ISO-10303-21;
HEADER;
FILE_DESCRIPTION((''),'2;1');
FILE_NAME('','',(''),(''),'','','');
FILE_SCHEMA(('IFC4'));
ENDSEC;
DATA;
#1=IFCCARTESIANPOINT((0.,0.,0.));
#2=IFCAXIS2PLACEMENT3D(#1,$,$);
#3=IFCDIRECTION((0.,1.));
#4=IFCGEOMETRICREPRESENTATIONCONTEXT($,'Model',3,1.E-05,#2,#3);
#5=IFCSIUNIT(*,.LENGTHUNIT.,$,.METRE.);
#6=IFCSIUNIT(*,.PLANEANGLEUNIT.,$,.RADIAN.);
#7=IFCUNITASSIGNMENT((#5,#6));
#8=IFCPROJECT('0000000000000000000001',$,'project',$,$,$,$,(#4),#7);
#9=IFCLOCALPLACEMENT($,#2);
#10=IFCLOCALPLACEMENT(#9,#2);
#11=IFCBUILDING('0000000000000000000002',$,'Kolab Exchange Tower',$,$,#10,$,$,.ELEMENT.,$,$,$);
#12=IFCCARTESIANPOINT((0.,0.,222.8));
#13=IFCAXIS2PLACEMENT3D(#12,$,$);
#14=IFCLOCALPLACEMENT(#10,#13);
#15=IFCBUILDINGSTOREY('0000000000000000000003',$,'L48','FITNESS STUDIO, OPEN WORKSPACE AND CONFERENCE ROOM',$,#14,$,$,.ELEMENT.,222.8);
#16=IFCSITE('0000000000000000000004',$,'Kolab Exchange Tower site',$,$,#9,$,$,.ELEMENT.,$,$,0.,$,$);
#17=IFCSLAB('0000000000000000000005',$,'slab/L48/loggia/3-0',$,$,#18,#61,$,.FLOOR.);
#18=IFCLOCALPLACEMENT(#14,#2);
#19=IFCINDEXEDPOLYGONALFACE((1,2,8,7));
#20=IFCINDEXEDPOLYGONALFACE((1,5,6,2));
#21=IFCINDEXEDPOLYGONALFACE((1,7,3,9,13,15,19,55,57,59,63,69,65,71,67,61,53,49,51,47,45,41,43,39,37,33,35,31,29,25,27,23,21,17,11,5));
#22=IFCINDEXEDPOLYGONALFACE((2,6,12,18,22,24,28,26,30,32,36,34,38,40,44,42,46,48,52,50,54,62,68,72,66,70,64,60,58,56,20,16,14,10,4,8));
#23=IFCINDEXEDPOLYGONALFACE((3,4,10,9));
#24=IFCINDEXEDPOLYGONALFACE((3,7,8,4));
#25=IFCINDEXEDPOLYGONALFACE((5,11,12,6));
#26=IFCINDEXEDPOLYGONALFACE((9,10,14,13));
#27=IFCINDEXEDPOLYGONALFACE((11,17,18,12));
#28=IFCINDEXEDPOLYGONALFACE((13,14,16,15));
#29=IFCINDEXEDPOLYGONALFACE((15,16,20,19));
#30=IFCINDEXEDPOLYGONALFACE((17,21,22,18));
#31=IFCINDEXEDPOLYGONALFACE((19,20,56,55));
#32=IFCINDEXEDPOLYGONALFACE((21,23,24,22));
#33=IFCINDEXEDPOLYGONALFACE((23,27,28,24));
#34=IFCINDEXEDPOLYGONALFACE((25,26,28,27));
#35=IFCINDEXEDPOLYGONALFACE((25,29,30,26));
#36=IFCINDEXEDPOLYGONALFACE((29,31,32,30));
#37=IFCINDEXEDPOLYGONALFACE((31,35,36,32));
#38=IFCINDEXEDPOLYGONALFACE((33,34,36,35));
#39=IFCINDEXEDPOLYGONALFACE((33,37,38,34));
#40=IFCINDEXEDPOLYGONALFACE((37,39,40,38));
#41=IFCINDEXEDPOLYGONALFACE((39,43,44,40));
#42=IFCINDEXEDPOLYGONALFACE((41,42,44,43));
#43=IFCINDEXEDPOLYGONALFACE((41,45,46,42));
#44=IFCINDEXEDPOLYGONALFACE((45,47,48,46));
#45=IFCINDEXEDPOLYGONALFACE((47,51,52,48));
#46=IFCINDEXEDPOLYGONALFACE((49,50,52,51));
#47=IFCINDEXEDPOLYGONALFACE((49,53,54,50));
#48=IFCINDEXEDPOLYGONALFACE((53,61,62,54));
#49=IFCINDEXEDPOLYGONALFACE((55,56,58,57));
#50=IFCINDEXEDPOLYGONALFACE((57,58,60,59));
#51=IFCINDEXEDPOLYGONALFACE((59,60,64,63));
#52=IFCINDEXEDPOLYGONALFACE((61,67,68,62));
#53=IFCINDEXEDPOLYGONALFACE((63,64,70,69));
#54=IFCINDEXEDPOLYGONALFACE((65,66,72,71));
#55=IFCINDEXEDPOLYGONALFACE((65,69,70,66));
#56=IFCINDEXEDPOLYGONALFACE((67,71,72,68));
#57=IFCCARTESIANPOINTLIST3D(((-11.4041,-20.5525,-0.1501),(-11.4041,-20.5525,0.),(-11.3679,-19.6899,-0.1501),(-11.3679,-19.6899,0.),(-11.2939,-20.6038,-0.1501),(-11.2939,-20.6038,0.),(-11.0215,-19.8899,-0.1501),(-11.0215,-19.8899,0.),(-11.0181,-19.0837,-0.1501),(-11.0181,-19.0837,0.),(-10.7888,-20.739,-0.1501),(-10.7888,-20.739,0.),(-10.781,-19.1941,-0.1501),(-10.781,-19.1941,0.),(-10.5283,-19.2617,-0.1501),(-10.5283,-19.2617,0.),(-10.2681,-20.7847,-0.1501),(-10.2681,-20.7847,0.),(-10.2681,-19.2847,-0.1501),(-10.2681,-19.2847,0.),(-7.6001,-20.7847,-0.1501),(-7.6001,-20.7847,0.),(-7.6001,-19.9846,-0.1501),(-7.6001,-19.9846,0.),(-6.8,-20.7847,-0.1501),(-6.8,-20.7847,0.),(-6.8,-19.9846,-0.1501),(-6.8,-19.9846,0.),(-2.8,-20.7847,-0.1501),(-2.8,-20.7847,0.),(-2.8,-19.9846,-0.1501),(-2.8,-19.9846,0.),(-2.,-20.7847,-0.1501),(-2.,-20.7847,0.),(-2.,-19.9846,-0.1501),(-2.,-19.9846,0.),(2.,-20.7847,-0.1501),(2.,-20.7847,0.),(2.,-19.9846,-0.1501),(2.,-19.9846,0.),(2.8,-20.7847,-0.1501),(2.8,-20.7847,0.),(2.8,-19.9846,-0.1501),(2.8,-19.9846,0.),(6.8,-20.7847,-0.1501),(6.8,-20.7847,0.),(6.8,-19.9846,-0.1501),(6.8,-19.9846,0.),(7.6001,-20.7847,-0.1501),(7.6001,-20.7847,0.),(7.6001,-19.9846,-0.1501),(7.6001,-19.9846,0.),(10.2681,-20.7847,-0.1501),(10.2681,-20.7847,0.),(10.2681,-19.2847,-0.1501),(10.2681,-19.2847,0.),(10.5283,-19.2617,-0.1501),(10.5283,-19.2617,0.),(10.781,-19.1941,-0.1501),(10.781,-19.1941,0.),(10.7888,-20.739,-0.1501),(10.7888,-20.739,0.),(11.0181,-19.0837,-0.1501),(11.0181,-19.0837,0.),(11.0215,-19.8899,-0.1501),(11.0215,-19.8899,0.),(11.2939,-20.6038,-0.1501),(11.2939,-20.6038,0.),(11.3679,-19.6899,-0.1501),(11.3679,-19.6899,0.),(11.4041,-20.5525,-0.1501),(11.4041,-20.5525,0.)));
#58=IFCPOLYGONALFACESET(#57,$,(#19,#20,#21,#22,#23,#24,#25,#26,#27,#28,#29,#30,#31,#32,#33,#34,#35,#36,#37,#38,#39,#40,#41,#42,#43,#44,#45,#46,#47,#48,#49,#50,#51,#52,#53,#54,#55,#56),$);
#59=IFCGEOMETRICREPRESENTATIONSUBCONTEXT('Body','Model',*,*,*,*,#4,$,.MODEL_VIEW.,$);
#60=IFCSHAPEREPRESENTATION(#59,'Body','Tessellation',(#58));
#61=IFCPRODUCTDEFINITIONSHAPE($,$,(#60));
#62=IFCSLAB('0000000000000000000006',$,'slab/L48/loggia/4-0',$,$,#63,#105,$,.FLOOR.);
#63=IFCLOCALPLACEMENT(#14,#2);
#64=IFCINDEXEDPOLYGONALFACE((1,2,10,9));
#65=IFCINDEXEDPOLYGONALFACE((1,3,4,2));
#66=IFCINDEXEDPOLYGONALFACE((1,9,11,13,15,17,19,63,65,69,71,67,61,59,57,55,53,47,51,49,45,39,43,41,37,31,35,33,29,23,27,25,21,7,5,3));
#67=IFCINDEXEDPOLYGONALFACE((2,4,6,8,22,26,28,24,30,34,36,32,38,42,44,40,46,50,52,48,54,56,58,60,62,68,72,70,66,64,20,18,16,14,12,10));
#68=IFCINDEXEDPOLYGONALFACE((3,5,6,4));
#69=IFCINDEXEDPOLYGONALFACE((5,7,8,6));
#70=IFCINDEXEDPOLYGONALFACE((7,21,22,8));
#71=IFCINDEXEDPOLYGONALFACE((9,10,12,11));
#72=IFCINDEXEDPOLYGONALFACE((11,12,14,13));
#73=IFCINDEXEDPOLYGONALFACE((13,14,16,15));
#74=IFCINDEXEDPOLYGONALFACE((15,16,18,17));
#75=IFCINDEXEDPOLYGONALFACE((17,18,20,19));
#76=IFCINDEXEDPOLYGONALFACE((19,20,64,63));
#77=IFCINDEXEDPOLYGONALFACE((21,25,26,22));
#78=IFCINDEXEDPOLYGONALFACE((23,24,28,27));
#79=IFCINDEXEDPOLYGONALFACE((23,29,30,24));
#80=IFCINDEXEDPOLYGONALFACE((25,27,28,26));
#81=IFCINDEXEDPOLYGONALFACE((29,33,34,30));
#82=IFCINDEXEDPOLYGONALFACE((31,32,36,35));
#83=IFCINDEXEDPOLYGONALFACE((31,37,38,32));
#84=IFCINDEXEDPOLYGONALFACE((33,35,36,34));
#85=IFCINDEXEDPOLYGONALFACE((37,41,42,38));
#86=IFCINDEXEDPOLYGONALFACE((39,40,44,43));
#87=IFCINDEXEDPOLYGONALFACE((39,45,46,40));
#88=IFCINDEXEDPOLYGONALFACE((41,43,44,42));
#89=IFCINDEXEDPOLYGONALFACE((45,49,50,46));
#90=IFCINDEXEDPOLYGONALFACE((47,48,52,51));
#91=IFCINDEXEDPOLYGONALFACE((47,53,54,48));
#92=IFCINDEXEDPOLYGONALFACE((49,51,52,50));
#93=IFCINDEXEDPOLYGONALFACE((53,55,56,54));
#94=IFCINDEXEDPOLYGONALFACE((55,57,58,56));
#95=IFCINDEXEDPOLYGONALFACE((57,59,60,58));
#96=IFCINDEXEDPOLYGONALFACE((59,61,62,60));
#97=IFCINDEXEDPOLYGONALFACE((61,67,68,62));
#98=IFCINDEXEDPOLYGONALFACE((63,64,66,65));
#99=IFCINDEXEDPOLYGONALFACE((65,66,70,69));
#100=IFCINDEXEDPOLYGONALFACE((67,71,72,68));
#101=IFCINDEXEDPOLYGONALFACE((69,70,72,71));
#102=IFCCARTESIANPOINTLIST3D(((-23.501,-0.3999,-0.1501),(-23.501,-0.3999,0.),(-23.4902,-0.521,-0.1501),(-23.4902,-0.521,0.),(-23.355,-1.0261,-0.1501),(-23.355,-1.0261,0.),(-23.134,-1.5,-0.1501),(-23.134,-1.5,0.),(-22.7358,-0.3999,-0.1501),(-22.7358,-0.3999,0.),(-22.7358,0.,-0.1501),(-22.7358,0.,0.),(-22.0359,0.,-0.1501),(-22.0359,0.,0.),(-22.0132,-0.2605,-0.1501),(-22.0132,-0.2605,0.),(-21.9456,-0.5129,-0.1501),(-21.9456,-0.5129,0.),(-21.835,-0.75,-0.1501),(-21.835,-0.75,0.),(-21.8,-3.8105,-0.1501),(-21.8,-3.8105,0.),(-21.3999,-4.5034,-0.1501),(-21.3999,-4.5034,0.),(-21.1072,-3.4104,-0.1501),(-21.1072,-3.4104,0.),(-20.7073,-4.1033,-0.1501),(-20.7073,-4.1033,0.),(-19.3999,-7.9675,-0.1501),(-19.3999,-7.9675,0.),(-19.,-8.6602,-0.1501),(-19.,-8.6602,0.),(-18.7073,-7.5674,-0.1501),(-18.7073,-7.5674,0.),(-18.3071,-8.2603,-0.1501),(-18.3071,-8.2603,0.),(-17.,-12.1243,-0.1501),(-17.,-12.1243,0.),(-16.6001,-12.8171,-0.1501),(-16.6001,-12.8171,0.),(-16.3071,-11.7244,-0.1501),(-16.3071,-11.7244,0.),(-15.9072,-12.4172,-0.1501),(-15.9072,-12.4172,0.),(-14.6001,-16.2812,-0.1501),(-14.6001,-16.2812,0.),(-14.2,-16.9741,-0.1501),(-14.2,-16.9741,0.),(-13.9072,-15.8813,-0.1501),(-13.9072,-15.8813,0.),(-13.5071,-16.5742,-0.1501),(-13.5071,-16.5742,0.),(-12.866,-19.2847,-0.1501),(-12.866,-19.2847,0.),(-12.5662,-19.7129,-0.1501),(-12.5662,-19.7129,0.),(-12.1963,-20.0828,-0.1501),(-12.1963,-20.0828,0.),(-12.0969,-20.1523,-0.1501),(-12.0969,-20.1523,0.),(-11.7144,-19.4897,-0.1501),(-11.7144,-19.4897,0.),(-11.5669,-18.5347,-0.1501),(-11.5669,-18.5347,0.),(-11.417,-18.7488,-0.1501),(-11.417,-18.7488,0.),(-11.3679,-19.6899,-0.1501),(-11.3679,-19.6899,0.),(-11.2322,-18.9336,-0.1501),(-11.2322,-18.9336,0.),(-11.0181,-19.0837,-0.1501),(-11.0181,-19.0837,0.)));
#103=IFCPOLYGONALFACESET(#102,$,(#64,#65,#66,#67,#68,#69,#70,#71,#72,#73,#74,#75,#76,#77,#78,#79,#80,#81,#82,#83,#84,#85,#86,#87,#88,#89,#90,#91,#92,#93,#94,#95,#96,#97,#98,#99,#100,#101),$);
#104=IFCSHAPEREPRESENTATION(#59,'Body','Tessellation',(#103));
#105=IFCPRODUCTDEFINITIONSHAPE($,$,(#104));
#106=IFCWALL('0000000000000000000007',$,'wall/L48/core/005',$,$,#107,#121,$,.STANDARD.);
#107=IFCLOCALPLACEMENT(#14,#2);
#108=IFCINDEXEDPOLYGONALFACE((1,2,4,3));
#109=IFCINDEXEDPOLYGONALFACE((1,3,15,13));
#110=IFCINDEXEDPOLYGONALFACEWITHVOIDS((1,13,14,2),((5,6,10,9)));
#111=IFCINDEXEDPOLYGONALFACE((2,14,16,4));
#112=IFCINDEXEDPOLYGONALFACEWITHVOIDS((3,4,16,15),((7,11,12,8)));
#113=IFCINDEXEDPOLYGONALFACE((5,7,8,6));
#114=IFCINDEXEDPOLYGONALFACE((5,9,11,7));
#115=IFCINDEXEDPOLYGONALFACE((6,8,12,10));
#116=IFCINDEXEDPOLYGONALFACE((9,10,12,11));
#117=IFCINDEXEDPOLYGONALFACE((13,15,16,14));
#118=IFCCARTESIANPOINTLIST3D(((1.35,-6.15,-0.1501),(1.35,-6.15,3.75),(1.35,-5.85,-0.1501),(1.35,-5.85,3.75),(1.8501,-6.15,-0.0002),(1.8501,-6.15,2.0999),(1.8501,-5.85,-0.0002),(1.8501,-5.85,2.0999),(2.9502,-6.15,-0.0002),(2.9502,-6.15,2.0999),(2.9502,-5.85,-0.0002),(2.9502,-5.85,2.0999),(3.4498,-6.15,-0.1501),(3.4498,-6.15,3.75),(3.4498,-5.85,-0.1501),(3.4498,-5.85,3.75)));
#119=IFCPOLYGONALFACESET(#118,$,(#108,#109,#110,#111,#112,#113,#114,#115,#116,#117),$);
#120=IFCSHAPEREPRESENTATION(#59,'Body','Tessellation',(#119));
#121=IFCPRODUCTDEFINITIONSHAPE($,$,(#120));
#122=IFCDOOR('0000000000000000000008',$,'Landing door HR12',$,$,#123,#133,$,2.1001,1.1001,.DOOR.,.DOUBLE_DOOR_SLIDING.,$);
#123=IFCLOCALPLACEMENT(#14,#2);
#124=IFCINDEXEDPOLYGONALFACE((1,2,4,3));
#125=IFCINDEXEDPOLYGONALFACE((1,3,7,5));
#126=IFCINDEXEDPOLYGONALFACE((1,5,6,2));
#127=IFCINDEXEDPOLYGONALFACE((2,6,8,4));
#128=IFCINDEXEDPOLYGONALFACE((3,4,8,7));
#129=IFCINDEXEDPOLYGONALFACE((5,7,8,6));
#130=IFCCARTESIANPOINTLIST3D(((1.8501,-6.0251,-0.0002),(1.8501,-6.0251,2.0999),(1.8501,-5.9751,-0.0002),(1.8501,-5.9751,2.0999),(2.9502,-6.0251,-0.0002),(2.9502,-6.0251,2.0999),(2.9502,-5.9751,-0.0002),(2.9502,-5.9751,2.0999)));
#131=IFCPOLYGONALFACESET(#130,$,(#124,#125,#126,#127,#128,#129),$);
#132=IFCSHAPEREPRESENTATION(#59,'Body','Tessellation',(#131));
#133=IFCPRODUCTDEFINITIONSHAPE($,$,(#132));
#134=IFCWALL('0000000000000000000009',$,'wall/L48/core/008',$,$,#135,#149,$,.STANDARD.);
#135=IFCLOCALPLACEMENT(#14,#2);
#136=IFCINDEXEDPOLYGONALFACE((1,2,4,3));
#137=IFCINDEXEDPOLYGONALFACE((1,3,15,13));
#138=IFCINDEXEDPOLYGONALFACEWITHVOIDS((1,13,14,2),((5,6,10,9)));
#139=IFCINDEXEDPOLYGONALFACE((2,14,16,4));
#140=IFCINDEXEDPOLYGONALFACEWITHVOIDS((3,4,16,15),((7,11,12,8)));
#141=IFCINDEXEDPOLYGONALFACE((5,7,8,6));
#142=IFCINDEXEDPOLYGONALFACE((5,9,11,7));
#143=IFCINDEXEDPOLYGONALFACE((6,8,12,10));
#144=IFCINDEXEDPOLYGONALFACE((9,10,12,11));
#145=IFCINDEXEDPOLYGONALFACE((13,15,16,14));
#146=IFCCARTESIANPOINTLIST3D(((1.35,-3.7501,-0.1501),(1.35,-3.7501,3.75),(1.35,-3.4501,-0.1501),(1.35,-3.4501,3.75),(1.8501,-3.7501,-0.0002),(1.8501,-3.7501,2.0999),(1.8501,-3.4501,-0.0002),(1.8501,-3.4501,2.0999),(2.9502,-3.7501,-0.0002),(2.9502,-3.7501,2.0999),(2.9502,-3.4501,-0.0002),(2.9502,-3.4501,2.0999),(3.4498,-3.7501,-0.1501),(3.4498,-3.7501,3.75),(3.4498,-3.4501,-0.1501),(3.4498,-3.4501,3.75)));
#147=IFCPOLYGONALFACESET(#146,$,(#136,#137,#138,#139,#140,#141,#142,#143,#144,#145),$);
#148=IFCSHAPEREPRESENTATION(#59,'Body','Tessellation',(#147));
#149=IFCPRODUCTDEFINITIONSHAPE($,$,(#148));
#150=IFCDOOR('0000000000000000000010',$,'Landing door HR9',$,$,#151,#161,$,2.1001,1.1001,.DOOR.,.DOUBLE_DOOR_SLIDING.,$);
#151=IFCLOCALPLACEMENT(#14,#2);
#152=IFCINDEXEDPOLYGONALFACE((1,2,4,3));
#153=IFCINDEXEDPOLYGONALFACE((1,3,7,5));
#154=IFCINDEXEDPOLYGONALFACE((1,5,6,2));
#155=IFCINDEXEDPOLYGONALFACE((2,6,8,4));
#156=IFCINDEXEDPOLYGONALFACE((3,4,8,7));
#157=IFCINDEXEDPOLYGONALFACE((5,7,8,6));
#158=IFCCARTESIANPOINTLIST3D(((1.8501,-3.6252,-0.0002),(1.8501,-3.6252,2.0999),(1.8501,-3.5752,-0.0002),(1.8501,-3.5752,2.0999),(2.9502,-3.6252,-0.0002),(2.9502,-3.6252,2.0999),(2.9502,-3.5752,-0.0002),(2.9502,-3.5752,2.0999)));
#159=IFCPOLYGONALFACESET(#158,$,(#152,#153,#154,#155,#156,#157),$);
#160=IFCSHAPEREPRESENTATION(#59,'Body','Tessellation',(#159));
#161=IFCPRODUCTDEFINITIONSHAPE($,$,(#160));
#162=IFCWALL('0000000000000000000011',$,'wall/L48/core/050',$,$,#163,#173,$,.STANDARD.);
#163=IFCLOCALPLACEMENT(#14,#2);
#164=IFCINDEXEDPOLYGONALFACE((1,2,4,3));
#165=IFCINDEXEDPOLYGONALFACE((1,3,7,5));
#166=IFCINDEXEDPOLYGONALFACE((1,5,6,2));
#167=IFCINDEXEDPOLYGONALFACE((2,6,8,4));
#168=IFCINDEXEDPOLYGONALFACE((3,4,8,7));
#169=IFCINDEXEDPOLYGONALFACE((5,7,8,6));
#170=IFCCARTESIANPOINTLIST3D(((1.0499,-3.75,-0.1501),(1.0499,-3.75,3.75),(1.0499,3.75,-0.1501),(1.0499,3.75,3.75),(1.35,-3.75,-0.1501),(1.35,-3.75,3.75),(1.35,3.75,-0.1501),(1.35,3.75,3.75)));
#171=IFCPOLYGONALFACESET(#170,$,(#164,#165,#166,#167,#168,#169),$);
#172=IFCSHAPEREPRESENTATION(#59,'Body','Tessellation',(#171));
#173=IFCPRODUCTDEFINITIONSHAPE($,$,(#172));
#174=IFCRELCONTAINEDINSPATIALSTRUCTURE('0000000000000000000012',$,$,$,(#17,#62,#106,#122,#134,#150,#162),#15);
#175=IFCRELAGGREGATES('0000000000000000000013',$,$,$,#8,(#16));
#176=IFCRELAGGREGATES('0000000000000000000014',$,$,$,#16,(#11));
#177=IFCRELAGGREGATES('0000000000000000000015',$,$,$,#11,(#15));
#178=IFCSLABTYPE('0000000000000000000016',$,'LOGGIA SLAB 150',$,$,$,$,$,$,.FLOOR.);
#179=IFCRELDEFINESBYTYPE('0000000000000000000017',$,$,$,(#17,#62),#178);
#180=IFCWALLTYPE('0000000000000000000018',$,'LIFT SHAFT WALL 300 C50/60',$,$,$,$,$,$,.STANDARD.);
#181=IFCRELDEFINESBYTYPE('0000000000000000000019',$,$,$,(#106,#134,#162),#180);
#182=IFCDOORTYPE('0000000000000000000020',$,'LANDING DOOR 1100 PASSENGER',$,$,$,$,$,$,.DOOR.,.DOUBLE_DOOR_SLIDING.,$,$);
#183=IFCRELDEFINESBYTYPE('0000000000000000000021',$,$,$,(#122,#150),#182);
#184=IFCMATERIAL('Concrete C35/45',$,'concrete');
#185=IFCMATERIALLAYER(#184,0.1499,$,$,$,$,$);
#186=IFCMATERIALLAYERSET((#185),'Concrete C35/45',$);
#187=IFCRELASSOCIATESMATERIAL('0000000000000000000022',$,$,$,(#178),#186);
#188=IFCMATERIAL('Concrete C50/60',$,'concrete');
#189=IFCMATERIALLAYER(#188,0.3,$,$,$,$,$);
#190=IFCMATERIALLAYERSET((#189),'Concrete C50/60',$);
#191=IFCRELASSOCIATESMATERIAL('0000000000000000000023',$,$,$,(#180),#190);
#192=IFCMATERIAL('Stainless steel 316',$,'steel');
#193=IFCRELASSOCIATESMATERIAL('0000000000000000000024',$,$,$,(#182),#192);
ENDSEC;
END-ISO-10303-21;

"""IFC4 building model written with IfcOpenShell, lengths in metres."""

from ifc_helpers import new_model, si_unit, direction, frame, frame_2d, origin, place, context, subcontext, project, spatial, polyline, rectangle, outline, extrude, material, layer, layer_set, type_object, element, fill, save


model = new_model("IFC4")

# Units and contexts
model_context = context("Model", 3, precision=1e-05, world=origin(), true_north=direction((0.0, 1.0)))
body_context = subcontext(model_context, "Body", "Model", "MODEL_VIEW")
ifc_project = project(units=[si_unit("LENGTHUNIT", "METRE"), si_unit("PLANEANGLEUNIT", "RADIAN")], contexts=[model_context])

# Site, building, storey
site_placement = place(None, origin())
site = spatial("IfcSite", under=ifc_project, at=site_placement, Name="Kolab Exchange Tower site", CompositionType="ELEMENT", RefElevation=0.0)
building_placement = place(site_placement, origin())
building = spatial("IfcBuilding", under=site, at=building_placement, Name="Kolab Exchange Tower", CompositionType="ELEMENT")
storey_placement = place(building_placement, frame((0.0, 0.0, 222.8)))
storey = spatial("IfcBuildingStorey", under=building, at=storey_placement, Name="L48", Description="FITNESS STUDIO, OPEN WORKSPACE AND CONFERENCE ROOM", CompositionType="ELEMENT", Elevation=222.8)

# Slabs
ifc_material_1 = material(Name="Concrete C35/45", Category="concrete")
ifc_layer_1 = layer(ifc_material_1, 0.1499)
ifc_layer_set_1 = layer_set([ifc_layer_1], Name="Concrete C35/45")
slab_type_1 = type_object("IfcSlabType", Name="LOGGIA SLAB 150", PredefinedType="FLOOR", material=ifc_layer_set_1)
slab_1_placement = place(storey_placement, frame((0.0, 0.0, -0.1501)))
element("IfcSlab", 1, at=slab_1_placement, inside=storey, type_object=slab_type_1, Name="slab/L48/loggia/3-0", PredefinedType="FLOOR", context=body_context, shape_type="SweptSolid", body=[
    extrude(outline(polyline([(-11.0181, -19.0837), (-11.3679, -19.6899), (-11.0215, -19.8899), (-11.4041, -20.5525), (-11.2939, -20.6038), (-10.7888, -20.739), (-10.2681, -20.7847), (-7.6001, -20.7847), (-7.6001, -19.9846), (-6.8, -19.9846), (-6.8, -20.7847), (-2.8, -20.7847), (-2.8, -19.9846), (-2.0, -19.9846), (-2.0, -20.7847), (2.0, -20.7847), (2.0, -19.9846), (2.8, -19.9846), (2.8, -20.7847), (6.8, -20.7847), (6.8, -19.9846), (7.6001, -19.9846), (7.6001, -20.7847), (10.2681, -20.7847), (10.7888, -20.739), (11.2939, -20.6038), (11.4041, -20.5525), (11.0215, -19.8899), (11.3679, -19.6899), (11.0181, -19.0837), (10.781, -19.1941), (10.5283, -19.2617), (10.2681, -19.2847), (-10.2681, -19.2847), (-10.5283, -19.2617), (-10.781, -19.1941), (-11.0181, -19.0837)])), origin(), (0.0, 0.0, 1.0), 0.1501),
])
slab_2_placement = place(storey_placement, frame((0.0, 0.0, -0.1501)))
element("IfcSlab", 2, at=slab_2_placement, inside=storey, type_object=slab_type_1, Name="slab/L48/loggia/4-0", PredefinedType="FLOOR", context=body_context, shape_type="SweptSolid", body=[
    extrude(outline(polyline([(-22.0359, 0.0), (-22.7358, 0.0), (-22.7358, -0.3999), (-23.501, -0.3999), (-23.4902, -0.521), (-23.355, -1.0261), (-23.134, -1.5), (-21.8, -3.8105), (-21.1072, -3.4104), (-20.7073, -4.1033), (-21.3999, -4.5034), (-19.3999, -7.9675), (-18.7073, -7.5674), (-18.3071, -8.2603), (-19.0, -8.6602), (-17.0, -12.1243), (-16.3071, -11.7244), (-15.9072, -12.4172), (-16.6001, -12.8171), (-14.6001, -16.2812), (-13.9072, -15.8813), (-13.5071, -16.5742), (-14.2, -16.9741), (-12.866, -19.2847), (-12.5662, -19.7129), (-12.1963, -20.0828), (-12.0969, -20.1523), (-11.7144, -19.4897), (-11.3679, -19.6899), (-11.0181, -19.0837), (-11.2322, -18.9336), (-11.417, -18.7488), (-11.5669, -18.5347), (-21.835, -0.75), (-21.9456, -0.5129), (-22.0132, -0.2605), (-22.0359, 0.0)])), origin(), (0.0, 0.0, 1.0), 0.1501),
])

# Walls, openings, doors
ifc_material_2 = material(Name="Concrete C50/60", Category="concrete")
ifc_layer_2 = layer(ifc_material_2, 0.3)
ifc_layer_set_2 = layer_set([ifc_layer_2], Name="Concrete C50/60")
wall_type_1 = type_object("IfcWallType", Name="LIFT SHAFT WALL 300 C50/60", PredefinedType="STANDARD", material=ifc_layer_set_2)
wall_1_placement = place(storey_placement, frame((1.3501, -6.0, -0.1501), z_axis=(0.0, 0.0, 1.0), x_axis=(1.0, 0.0, 0.0)))
wall_1 = element("IfcWall", 3, at=wall_1_placement, inside=storey, type_object=wall_type_1, Name="wall/L48/core/005", PredefinedType="STANDARD", context=body_context, shape_type="SweptSolid", body=[
    extrude(rectangle(XDim=2.0999, YDim=0.3, at=frame_2d((1.0498, 0.0))), origin(), (0.0, 0.0, 1.0), 3.9001),
])
opening_1_placement = place(wall_1_placement, frame((0.5, 0.0, 0.1499)))
opening_1 = element("IfcOpeningElement", 4, at=opening_1_placement, cuts=wall_1, PredefinedType="OPENING", context=body_context, shape_type="SweptSolid", body=[
    extrude(rectangle(XDim=1.1001, YDim=2.1001, at=frame_2d((0.55, 1.05))), frame((0.0, 0.1602, 0.0), z_axis=(0.0, -1.0, 0.0), x_axis=(1.0, 0.0, 0.0)), (0.0, 0.0, 1.0), 0.3201),
])
ifc_material_3 = material(Name="Stainless steel 316", Category="steel")
door_type_1 = type_object("IfcDoorType", Name="LANDING DOOR 1100 PASSENGER", OperationType="DOUBLE_DOOR_SLIDING", PredefinedType="DOOR", material=ifc_material_3)
door_1_placement = place(opening_1_placement, origin())
door_1 = element("IfcDoor", 5, at=door_1_placement, inside=storey, type_object=door_type_1, Name="Landing door HR12", OperationType="DOUBLE_DOOR_SLIDING", OverallHeight=2.1001, OverallWidth=1.1001, PredefinedType="DOOR", context=body_context, shape_type="SweptSolid", body=[
    extrude(rectangle(XDim=1.1001, YDim=2.1001, at=frame_2d((0.55, 1.05))), frame((0.0, 0.0249, 0.0), z_axis=(0.0, -1.0, 0.0), x_axis=(1.0, 0.0, 0.0)), (0.0, 0.0, 1.0), 0.05),
])
fill(opening_1, door_1)
wall_2_placement = place(storey_placement, frame((1.3501, -3.6001, -0.1501), z_axis=(0.0, 0.0, 1.0), x_axis=(1.0, 0.0, 0.0)))
wall_2 = element("IfcWall", 6, at=wall_2_placement, inside=storey, type_object=wall_type_1, Name="wall/L48/core/008", PredefinedType="STANDARD", context=body_context, shape_type="SweptSolid", body=[
    extrude(rectangle(XDim=2.0999, YDim=0.3, at=frame_2d((1.0498, 0.0))), origin(), (0.0, 0.0, 1.0), 3.9001),
])
opening_2_placement = place(wall_2_placement, frame((0.5, 0.0, 0.1499)))
opening_2 = element("IfcOpeningElement", 7, at=opening_2_placement, cuts=wall_2, PredefinedType="OPENING", context=body_context, shape_type="SweptSolid", body=[
    extrude(rectangle(XDim=1.1001, YDim=2.1001, at=frame_2d((0.55, 1.05))), frame((0.0, 0.1602, 0.0), z_axis=(0.0, -1.0, 0.0), x_axis=(1.0, 0.0, 0.0)), (0.0, 0.0, 1.0), 0.3201),
])
door_2_placement = place(opening_2_placement, origin())
door_2 = element("IfcDoor", 8, at=door_2_placement, inside=storey, type_object=door_type_1, Name="Landing door HR9", OperationType="DOUBLE_DOOR_SLIDING", OverallHeight=2.1001, OverallWidth=1.1001, PredefinedType="DOOR", context=body_context, shape_type="SweptSolid", body=[
    extrude(rectangle(XDim=1.1001, YDim=2.1001, at=frame_2d((0.55, 1.05))), frame((0.0, 0.0249, 0.0), z_axis=(0.0, -1.0, 0.0), x_axis=(1.0, 0.0, 0.0)), (0.0, 0.0, 1.0), 0.05),
])
fill(opening_2, door_2)

# Wall
for number, where, z_axis, x_axis, name in (
    (9, (1.2, -3.75, -0.1501), (0.0, 0.0, 1.0), (0.0, 1.0, 0.0), "wall/L48/core/050"),
):
    element("IfcWall", number, at=place(storey_placement, frame(where, z_axis=z_axis, x_axis=x_axis)), inside=storey, type_object=wall_type_1, Name=name, PredefinedType="STANDARD", context=body_context, shape_type="SweptSolid", body=[
        extrude(rectangle(XDim=7.5, YDim=0.3, at=frame_2d((3.75, 0.0))), origin(), (0.0, 0.0, 1.0), 3.9001),
    ])

save(model, "model.ifc")
